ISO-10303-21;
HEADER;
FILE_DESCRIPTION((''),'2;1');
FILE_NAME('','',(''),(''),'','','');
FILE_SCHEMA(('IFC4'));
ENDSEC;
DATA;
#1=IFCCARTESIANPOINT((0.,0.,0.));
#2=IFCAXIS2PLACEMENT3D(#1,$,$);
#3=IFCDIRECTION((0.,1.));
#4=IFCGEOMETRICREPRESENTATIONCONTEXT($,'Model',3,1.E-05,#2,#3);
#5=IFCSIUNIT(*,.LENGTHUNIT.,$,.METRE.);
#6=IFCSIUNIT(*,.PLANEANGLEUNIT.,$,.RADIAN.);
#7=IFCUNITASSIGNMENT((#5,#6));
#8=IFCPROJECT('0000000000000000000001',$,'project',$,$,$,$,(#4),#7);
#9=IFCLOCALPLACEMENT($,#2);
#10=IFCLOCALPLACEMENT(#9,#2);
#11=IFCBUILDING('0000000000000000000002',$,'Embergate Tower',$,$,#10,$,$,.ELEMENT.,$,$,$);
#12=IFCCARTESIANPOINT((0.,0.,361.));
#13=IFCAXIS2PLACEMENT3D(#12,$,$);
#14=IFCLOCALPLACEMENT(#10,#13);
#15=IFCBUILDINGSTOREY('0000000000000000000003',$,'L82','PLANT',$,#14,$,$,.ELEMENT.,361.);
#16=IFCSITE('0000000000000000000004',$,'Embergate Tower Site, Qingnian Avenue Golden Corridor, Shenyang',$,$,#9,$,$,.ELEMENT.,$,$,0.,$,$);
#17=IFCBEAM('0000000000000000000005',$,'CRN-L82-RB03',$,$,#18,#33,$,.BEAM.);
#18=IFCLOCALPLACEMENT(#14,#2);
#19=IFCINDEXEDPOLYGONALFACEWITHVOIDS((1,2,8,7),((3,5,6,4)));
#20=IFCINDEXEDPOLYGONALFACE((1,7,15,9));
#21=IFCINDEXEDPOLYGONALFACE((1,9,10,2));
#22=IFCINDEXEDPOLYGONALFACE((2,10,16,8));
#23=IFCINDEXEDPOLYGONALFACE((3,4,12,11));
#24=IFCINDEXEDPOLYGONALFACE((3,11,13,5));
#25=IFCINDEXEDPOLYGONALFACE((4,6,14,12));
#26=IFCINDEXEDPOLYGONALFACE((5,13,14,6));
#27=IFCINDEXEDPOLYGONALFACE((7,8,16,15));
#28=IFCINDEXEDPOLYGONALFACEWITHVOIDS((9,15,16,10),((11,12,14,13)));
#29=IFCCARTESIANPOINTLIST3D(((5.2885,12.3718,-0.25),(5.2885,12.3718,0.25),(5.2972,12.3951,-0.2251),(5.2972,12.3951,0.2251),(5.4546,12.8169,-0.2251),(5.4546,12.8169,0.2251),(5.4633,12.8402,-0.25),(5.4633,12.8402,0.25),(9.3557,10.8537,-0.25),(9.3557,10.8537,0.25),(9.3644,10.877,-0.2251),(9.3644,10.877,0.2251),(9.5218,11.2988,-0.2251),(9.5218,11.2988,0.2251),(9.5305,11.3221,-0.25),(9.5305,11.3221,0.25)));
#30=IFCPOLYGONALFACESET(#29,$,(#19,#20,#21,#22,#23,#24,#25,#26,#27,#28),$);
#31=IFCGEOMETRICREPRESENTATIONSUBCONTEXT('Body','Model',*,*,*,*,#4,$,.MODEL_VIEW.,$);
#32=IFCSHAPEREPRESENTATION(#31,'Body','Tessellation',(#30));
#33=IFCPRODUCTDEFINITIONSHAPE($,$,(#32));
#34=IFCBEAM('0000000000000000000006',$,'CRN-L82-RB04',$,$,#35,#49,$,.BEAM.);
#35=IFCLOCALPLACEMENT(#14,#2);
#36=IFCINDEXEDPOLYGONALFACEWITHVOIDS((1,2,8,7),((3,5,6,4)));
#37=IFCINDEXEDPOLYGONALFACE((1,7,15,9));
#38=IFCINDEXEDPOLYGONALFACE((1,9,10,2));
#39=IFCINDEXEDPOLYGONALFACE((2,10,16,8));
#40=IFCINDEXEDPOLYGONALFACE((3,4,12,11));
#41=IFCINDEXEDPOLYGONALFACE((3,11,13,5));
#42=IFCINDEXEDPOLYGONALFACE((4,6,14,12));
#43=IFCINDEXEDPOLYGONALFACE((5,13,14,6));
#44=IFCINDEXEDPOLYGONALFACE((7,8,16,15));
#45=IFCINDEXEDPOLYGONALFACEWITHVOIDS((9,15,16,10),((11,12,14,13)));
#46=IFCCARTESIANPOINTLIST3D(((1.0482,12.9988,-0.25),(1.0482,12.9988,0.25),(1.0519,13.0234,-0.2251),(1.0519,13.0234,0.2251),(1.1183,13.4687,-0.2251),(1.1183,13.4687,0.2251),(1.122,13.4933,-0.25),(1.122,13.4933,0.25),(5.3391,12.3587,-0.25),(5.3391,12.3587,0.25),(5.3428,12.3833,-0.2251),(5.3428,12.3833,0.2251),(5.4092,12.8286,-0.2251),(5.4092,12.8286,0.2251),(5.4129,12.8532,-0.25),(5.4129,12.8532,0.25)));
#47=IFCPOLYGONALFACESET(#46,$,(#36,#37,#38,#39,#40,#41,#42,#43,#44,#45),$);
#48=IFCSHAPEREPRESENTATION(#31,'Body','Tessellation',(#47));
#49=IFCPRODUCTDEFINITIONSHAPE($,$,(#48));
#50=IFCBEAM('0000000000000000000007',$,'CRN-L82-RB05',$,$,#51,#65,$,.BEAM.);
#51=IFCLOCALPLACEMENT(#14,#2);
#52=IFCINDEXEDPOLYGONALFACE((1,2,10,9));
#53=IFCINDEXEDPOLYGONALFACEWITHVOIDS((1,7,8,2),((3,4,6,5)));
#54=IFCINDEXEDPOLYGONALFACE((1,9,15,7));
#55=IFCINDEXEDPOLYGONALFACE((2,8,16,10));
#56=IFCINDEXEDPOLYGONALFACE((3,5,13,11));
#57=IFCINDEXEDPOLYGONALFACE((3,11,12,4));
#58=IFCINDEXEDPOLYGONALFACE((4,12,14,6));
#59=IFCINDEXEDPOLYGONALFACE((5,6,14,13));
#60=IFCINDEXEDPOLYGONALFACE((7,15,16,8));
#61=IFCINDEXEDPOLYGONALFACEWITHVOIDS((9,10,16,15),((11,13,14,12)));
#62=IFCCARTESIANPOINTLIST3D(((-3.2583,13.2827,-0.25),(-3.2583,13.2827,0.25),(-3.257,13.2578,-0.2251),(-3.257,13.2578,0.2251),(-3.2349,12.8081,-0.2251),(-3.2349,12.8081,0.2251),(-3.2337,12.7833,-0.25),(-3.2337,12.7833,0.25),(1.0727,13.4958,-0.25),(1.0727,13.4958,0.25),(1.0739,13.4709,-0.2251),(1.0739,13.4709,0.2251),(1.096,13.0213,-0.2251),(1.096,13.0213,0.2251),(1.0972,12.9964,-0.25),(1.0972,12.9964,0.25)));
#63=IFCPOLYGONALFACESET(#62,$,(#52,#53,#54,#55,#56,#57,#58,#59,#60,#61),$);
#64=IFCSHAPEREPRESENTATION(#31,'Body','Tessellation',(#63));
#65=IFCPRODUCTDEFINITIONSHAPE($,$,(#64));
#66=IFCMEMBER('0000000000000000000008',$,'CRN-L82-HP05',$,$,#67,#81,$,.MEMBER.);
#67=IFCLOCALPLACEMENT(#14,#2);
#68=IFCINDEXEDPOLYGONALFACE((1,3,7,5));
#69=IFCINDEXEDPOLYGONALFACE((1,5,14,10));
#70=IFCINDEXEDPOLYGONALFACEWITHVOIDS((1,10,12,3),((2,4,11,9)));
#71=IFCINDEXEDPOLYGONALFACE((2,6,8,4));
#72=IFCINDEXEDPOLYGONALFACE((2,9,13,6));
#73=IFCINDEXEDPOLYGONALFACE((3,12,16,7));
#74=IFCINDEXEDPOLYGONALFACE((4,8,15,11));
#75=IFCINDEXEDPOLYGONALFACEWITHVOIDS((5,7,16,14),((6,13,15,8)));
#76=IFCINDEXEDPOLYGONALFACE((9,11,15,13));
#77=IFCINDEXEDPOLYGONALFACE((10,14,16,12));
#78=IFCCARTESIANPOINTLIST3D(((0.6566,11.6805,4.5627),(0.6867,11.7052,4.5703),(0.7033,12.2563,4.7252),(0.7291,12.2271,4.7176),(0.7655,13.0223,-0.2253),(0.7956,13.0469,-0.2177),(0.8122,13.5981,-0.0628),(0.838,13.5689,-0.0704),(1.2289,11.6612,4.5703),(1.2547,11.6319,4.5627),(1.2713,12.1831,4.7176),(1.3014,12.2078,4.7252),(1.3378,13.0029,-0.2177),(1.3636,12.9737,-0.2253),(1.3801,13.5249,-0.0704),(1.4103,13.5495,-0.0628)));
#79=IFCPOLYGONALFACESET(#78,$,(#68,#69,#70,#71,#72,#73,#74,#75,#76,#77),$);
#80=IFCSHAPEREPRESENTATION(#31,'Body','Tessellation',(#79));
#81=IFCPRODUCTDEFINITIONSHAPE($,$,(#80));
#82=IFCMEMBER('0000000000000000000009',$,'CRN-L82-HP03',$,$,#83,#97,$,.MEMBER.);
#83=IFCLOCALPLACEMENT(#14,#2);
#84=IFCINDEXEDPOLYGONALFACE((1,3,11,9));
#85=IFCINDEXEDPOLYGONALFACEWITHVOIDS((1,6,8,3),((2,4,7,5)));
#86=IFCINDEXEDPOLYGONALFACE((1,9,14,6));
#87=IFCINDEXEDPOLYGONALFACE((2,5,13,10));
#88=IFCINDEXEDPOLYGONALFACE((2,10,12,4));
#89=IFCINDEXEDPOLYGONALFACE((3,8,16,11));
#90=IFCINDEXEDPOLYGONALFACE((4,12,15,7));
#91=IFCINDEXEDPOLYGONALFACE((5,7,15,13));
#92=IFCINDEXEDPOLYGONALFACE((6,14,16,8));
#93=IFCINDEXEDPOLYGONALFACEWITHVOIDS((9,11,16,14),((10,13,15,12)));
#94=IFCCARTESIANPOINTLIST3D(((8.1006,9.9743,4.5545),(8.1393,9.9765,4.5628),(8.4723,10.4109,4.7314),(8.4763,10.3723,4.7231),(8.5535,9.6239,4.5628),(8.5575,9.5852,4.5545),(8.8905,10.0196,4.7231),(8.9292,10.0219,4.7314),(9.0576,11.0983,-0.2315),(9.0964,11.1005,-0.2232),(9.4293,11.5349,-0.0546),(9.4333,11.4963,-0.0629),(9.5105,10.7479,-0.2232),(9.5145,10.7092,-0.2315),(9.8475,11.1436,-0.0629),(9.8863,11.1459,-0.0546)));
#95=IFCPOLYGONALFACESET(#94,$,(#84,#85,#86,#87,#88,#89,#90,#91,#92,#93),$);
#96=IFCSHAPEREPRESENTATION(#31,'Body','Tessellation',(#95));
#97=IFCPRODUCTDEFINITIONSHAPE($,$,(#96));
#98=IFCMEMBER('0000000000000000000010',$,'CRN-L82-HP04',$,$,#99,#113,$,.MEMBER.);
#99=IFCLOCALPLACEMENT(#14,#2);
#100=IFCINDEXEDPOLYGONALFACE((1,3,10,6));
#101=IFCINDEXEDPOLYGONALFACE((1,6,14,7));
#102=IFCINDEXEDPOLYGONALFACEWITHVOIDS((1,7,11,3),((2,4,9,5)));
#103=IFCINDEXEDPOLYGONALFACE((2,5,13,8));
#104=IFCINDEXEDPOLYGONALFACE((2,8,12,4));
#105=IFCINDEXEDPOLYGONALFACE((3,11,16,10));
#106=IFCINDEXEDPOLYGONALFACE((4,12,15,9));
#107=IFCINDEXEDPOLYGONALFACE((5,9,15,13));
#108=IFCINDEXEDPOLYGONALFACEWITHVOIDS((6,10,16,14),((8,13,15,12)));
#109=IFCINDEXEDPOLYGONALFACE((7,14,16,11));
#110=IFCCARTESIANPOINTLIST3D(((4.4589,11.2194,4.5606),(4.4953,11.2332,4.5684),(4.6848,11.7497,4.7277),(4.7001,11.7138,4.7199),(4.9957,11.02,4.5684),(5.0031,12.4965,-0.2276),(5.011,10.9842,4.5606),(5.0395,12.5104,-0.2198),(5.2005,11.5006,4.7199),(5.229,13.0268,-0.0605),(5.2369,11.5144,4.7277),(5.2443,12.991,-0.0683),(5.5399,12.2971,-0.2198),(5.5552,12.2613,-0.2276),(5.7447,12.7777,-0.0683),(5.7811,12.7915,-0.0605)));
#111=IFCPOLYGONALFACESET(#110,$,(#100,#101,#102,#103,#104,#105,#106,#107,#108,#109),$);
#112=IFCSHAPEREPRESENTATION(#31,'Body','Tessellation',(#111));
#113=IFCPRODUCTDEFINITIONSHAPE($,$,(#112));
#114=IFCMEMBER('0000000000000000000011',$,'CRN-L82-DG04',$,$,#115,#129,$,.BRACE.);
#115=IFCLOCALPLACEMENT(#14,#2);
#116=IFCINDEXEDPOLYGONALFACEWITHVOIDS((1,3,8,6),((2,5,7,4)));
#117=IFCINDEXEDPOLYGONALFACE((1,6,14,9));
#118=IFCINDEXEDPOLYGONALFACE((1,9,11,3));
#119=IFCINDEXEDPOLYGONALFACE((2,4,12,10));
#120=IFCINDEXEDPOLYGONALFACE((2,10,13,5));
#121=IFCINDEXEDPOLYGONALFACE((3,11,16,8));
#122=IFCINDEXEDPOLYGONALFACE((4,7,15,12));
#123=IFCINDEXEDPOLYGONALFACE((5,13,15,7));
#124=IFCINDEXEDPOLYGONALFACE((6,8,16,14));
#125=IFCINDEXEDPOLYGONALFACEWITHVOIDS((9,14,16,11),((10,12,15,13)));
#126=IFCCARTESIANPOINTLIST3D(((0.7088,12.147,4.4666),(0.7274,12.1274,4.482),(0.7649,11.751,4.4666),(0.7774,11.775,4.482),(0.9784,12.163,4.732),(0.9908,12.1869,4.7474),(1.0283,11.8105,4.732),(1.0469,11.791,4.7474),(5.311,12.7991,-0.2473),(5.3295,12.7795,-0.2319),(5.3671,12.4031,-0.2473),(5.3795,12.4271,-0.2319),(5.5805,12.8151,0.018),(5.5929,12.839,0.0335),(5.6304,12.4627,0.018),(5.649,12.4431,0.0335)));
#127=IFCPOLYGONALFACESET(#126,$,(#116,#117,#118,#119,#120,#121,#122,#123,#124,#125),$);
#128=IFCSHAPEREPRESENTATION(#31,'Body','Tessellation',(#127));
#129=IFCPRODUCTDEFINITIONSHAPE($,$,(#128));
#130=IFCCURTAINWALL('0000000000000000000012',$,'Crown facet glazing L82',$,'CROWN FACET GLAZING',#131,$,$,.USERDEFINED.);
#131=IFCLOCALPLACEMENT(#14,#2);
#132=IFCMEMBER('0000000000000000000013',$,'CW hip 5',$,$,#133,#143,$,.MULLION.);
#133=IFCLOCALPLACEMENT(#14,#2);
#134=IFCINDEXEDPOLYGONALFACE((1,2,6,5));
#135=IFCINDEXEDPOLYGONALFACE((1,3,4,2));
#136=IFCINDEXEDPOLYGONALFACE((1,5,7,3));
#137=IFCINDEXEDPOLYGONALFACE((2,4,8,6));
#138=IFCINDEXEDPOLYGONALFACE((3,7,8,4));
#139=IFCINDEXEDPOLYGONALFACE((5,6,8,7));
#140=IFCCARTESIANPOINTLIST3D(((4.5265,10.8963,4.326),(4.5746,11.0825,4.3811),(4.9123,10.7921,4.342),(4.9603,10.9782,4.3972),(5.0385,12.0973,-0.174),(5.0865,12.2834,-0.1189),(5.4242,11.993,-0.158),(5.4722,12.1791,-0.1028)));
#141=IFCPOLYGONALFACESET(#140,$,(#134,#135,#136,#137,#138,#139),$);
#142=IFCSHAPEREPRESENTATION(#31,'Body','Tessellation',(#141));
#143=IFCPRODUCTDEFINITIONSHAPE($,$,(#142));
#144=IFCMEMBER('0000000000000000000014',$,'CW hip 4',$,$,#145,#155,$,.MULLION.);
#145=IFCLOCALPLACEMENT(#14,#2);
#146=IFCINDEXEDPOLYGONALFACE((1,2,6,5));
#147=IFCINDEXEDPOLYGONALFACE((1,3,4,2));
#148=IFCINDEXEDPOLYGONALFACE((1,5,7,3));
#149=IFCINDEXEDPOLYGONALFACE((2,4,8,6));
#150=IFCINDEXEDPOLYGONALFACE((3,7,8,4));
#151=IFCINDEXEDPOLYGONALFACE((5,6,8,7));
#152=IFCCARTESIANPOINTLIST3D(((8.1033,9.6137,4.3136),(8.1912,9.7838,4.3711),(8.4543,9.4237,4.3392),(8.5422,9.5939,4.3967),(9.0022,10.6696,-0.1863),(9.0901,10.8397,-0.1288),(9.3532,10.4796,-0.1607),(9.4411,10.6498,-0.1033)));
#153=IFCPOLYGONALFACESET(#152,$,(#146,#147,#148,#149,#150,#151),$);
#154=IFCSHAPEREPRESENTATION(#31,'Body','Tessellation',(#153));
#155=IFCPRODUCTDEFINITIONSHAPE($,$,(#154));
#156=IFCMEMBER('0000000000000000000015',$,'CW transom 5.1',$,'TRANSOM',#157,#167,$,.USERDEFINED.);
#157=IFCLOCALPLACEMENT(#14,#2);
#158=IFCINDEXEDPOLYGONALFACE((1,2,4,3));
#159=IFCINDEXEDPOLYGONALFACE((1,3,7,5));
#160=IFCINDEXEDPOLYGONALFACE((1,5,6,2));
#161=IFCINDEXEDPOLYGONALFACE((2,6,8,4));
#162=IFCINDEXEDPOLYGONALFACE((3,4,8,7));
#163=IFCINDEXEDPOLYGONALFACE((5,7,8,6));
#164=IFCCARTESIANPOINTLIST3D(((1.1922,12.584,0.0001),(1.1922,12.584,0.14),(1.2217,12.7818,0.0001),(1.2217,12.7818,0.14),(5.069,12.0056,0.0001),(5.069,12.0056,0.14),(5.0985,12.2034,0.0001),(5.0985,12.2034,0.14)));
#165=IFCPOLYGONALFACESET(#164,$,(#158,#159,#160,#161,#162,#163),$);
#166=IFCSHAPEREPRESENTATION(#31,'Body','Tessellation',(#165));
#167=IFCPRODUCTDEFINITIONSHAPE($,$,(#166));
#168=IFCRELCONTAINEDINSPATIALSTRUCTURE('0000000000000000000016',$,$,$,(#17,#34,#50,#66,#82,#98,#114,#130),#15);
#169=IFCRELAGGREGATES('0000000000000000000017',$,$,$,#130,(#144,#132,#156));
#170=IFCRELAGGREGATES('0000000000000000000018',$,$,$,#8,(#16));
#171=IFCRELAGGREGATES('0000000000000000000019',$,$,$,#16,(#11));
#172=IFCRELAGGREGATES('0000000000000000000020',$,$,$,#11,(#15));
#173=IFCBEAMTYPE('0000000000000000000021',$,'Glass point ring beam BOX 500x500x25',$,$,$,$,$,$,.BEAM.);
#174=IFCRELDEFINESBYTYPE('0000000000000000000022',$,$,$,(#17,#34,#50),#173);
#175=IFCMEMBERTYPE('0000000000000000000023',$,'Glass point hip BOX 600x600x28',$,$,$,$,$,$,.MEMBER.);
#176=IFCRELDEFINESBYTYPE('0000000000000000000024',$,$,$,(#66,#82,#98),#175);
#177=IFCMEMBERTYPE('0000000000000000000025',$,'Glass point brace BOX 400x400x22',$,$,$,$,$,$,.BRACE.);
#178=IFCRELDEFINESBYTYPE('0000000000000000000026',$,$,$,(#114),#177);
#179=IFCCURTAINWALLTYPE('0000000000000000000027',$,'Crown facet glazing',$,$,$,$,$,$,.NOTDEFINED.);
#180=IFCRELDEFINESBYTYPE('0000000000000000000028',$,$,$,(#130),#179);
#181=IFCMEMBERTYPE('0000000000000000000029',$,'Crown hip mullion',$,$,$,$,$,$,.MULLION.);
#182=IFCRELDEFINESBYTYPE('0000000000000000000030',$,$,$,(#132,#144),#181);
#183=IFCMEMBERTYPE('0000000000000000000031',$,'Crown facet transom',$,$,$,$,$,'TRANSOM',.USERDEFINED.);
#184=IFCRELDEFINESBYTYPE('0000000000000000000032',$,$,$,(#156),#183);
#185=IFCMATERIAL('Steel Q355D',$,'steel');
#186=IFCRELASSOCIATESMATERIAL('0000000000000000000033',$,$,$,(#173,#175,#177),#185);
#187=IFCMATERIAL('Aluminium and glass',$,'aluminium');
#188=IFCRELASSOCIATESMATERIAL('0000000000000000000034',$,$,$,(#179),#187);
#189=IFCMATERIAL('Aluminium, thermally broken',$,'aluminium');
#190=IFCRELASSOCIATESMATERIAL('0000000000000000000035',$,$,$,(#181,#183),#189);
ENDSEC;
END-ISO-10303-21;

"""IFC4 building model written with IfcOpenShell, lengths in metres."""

from ifc_helpers import new_model, si_unit, direction, frame, origin, origin_2d, place, context, subcontext, project, spatial, rectangle, hollow_rectangle, extrude, source, transform, mapped, material, material_profile, profile_set, type_object, element, aggregate, save


model = new_model("IFC4")

# Units and contexts
model_context = context("Model", 3, precision=1e-05, world=origin(), true_north=direction((0.0, 1.0)))
body_context = subcontext(model_context, "Body", "Model", "MODEL_VIEW")
ifc_project = project(units=[si_unit("LENGTHUNIT", "METRE"), si_unit("PLANEANGLEUNIT", "RADIAN")], contexts=[model_context])

# Site, building, storey
site_placement = place(None, origin())
site = spatial("IfcSite", under=ifc_project, at=site_placement, Name="Embergate Tower Site, Qingnian Avenue Golden Corridor, Shenyang", CompositionType="ELEMENT", RefElevation=0.0)
building_placement = place(site_placement, origin())
building = spatial("IfcBuilding", under=site, at=building_placement, Name="Embergate Tower", CompositionType="ELEMENT")
storey_placement = place(building_placement, frame((0.0, 0.0, 361.0)))
storey = spatial("IfcBuildingStorey", under=building, at=storey_placement, Name="L82", Description="PLANT", CompositionType="ELEMENT", Elevation=361.0)

# Beams
ifc_material_1 = material(Name="Steel Q355D", Category="steel")
ifc_material_profile_1 = material_profile(ifc_material_1, hollow_rectangle(XDim=0.5, YDim=0.5, WallThickness=0.0249, at=origin_2d()), Name="BOX 500x500x25")
ifc_profile_set_1 = profile_set([ifc_material_profile_1], Name="Steel Q355 grade D")
beam_type = type_object("IfcBeamType", Name="Glass point ring beam BOX 500x500x25", PredefinedType="BEAM", material=ifc_profile_set_1)
shared_shape_1 = source(origin(), body_context, "Body", "SweptSolid", [
    extrude(hollow_rectangle(XDim=0.5, YDim=0.5, WallThickness=0.0249, at=origin_2d()), origin(), (0.0, 0.0, 1.0), 4.3413),
])
beam_1_placement = place(storey_placement, frame((9.4431, 11.0879, 0.0), z_axis=(-0.936867, 0.349687, 0.0), x_axis=(-0.349687, -0.936867, 0.0)))
element("IfcBeam", 1, at=beam_1_placement, inside=storey, type_object=beam_type, Name="CRN-L82-RB03", PredefinedType="BEAM", context=body_context, shape_type="MappedRepresentation", body=[
    mapped(shared_shape_1, transform((0.0, 0.0, 0.0))),
])
shared_shape_2 = source(origin(), body_context, "Body", "SweptSolid", [
    extrude(hollow_rectangle(XDim=0.5, YDim=0.5, WallThickness=0.0249, at=origin_2d()), origin(), (0.0, 0.0, 1.0), 4.3384),
])
beam_2_placement = place(storey_placement, frame((5.376, 12.606, 0.0), z_axis=(-0.989055, 0.147548, 0.0), x_axis=(-0.147548, -0.989055, 0.0)))
element("IfcBeam", 2, at=beam_2_placement, inside=storey, type_object=beam_type, Name="CRN-L82-RB04", PredefinedType="BEAM", context=body_context, shape_type="MappedRepresentation", body=[
    mapped(shared_shape_2, transform((0.0, 0.0, 0.0))),
])
shared_shape_3 = source(origin(), body_context, "Body", "SweptSolid", [
    extrude(hollow_rectangle(XDim=0.5, YDim=0.5, WallThickness=0.0249, at=origin_2d()), origin(), (0.0, 0.0, 1.0), 4.3362),
])
beam_3_placement = place(storey_placement, frame((1.085, 13.2461, 0.0), z_axis=(-0.998791, -0.049151, 0.0), x_axis=(0.049151, -0.998791, 0.0)))
element("IfcBeam", 3, at=beam_3_placement, inside=storey, type_object=beam_type, Name="CRN-L82-RB05", PredefinedType="BEAM", context=body_context, shape_type="MappedRepresentation", body=[
    mapped(shared_shape_3, transform((0.0, 0.0, 0.0))),
])

# Members
ifc_material_profile_2 = material_profile(ifc_material_1, hollow_rectangle(XDim=0.6001, YDim=0.6001, WallThickness=0.0281, at=origin_2d()), Name="BOX 600x600x28")
ifc_profile_set_2 = profile_set([ifc_material_profile_2], Name="Steel Q355 grade D")
member_type_1 = type_object("IfcMemberType", Name="Glass point hip BOX 600x600x28", PredefinedType="MEMBER", material=ifc_profile_set_2)
shared_shape_4 = source(origin(), body_context, "Body", "SweptSolid", [
    extrude(hollow_rectangle(XDim=0.6001, YDim=0.6001, WallThickness=0.0281, at=origin_2d()), origin(), (0.0, 0.0, 1.0), 4.9736),
])
member_1_placement = place(storey_placement, frame((1.0879, 13.2859, -0.144), z_axis=(-0.021892, -0.269776, 0.962674), x_axis=(0.996724, -0.080884, 0.0)))
element("IfcMember", 4, at=member_1_placement, inside=storey, type_object=member_type_1, Name="CRN-L82-HP05", PredefinedType="MEMBER", context=body_context, shape_type="MappedRepresentation", body=[
    mapped(shared_shape_4, transform((0.0, 0.0, 0.0))),
])
shared_shape_5 = source(origin(), body_context, "Body", "SweptSolid", [
    extrude(hollow_rectangle(XDim=0.6001, YDim=0.6001, WallThickness=0.0281, at=origin_2d()), origin(), (0.0, 0.0, 1.0), 5.0085),
])
member_2_placement = place(storey_placement, frame((9.4719, 11.1221, -0.1431), z_axis=(-0.191076, -0.224417, 0.955577), x_axis=(0.7614, -0.648282, 0.0)))
element("IfcMember", 5, at=member_2_placement, inside=storey, type_object=member_type_1, Name="CRN-L82-HP03", PredefinedType="MEMBER", context=body_context, shape_type="MappedRepresentation", body=[
    mapped(shared_shape_5, transform((0.0, 0.0, 0.0))),
])
shared_shape_6 = source(origin(), body_context, "Body", "SweptSolid", [
    extrude(hollow_rectangle(XDim=0.6001, YDim=0.6001, WallThickness=0.0281, at=origin_2d()), origin(), (0.0, 0.0, 1.0), 4.9854),
])
member_3_placement = place(storey_placement, frame((5.3921, 12.644, -0.144), z_axis=(-0.10916, -0.256175, 0.960447), x_axis=(0.919962, -0.392008, 0.0)))
element("IfcMember", 6, at=member_3_placement, inside=storey, type_object=member_type_1, Name="CRN-L82-HP04", PredefinedType="MEMBER", context=body_context, shape_type="MappedRepresentation", body=[
    mapped(shared_shape_6, transform((0.0, 0.0, 0.0))),
])
ifc_material_profile_3 = material_profile(ifc_material_1, hollow_rectangle(XDim=0.3999, YDim=0.3999, WallThickness=0.022, at=origin_2d()), Name="BOX 400x400x22")
ifc_profile_set_3 = profile_set([ifc_material_profile_3], Name="Steel Q355 grade D")
member_type_2 = type_object("IfcMemberType", Name="Glass point brace BOX 400x400x22", PredefinedType="BRACE", material=ifc_profile_set_3)
shared_shape_7 = source(origin(), body_context, "Body", "SweptSolid", [
    extrude(hollow_rectangle(XDim=0.3999, YDim=0.3999, WallThickness=0.022, at=origin_2d()), origin(), (0.0, 0.0, 1.0), 6.6201),
])
member_4_placement = place(storey_placement, frame((5.48, 12.6211, -0.1069), z_axis=(-0.695172, -0.098504, 0.712063), x_axis=(0.140296, -0.99011, 0.0)))
element("IfcMember", 7, at=member_4_placement, inside=storey, type_object=member_type_2, Name="CRN-L82-DG04", PredefinedType="BRACE", context=body_context, shape_type="MappedRepresentation", body=[
    mapped(shared_shape_7, transform((0.0, 0.0, 0.0))),
])

# Curtain wall, members
ifc_material_2 = material(Name="Aluminium and glass", Category="aluminium")
curtain_wall_type = type_object("IfcCurtainWallType", Name="Crown facet glazing", PredefinedType="NOTDEFINED", material=ifc_material_2)
curtain_wall_placement = place(storey_placement, origin())
curtain_wall = element("IfcCurtainWall", 8, at=curtain_wall_placement, inside=storey, type_object=curtain_wall_type, Name="Crown facet glazing L82", ObjectType="CROWN FACET GLAZING", PredefinedType="USERDEFINED")
ifc_material_3 = material(Name="Aluminium, thermally broken", Category="aluminium")
ifc_material_profile_4 = material_profile(ifc_material_3, rectangle(XDim=0.2, YDim=0.3999, at=origin_2d()), Name="AL 400x200")
ifc_profile_set_4 = profile_set([ifc_material_profile_4], Name="Aluminium, thermally broken")
member_type_3 = type_object("IfcMemberType", Name="Crown hip mullion", PredefinedType="MULLION", material=ifc_profile_set_4)
shared_shape_8 = source(origin(), body_context, "Body", "SweptSolid", [
    extrude(rectangle(XDim=0.2, YDim=0.3999, at=origin_2d()), origin(), (0.0, 0.0, 1.0), 4.6855),
])
member_5_placement = place(storey_placement, frame((5.2554, 12.1382, -0.1384), z_axis=(-0.109264, -0.256305, 0.960401), x_axis=(0.240157, 0.930755, 0.275716)))
member_5 = element("IfcMember", 9, at=member_5_placement, type_object=member_type_3, Name="CW hip 5", PredefinedType="MULLION", context=body_context, shape_type="MappedRepresentation", body=[
    mapped(shared_shape_8, transform((0.0, 0.0, 0.0))),
])
shared_shape_9 = source(origin(), body_context, "Body", "SweptSolid", [
    extrude(rectangle(XDim=0.2, YDim=0.3999, at=origin_2d()), origin(), (0.0, 0.0, 1.0), 4.7087),
])
member_6_placement = place(storey_placement, frame((9.2217, 10.6597, -0.1448), z_axis=(-0.190902, -0.22424, 0.955653), x_axis=(0.439655, 0.850913, 0.28749)))
member_6 = element("IfcMember", 10, at=member_6_placement, type_object=member_type_3, Name="CW hip 4", PredefinedType="MULLION", context=body_context, shape_type="MappedRepresentation", body=[
    mapped(shared_shape_9, transform((0.0, 0.0, 0.0))),
])
ifc_material_profile_5 = material_profile(ifc_material_3, rectangle(XDim=0.2, YDim=0.1399, at=origin_2d()), Name="AL 140x200")
ifc_profile_set_5 = profile_set([ifc_material_profile_5], Name="Aluminium, thermally broken")
member_type_4 = type_object("IfcMemberType", Name="Crown facet transom", ElementType="TRANSOM", PredefinedType="USERDEFINED", material=ifc_profile_set_5)
shared_shape_10 = source(origin(), body_context, "Body", "SweptSolid", [
    extrude(rectangle(XDim=0.2, YDim=0.1399, at=origin_2d()), origin(), (0.0, 0.0, 1.0), 3.9197),
])
member_7_placement = place(storey_placement, frame((5.0837, 12.1045, 0.0701), z_axis=(-0.989053, 0.147558, 0.0), x_axis=(-0.147558, -0.989053, 0.0)))
member_7 = element("IfcMember", 11, at=member_7_placement, type_object=member_type_4, Name="CW transom 5.1", ObjectType="TRANSOM", PredefinedType="USERDEFINED", context=body_context, shape_type="MappedRepresentation", body=[
    mapped(shared_shape_10, transform((0.0, 0.0, 0.0))),
])
aggregate(curtain_wall, [member_6, member_5, member_7])

save(model, "model.ifc")
